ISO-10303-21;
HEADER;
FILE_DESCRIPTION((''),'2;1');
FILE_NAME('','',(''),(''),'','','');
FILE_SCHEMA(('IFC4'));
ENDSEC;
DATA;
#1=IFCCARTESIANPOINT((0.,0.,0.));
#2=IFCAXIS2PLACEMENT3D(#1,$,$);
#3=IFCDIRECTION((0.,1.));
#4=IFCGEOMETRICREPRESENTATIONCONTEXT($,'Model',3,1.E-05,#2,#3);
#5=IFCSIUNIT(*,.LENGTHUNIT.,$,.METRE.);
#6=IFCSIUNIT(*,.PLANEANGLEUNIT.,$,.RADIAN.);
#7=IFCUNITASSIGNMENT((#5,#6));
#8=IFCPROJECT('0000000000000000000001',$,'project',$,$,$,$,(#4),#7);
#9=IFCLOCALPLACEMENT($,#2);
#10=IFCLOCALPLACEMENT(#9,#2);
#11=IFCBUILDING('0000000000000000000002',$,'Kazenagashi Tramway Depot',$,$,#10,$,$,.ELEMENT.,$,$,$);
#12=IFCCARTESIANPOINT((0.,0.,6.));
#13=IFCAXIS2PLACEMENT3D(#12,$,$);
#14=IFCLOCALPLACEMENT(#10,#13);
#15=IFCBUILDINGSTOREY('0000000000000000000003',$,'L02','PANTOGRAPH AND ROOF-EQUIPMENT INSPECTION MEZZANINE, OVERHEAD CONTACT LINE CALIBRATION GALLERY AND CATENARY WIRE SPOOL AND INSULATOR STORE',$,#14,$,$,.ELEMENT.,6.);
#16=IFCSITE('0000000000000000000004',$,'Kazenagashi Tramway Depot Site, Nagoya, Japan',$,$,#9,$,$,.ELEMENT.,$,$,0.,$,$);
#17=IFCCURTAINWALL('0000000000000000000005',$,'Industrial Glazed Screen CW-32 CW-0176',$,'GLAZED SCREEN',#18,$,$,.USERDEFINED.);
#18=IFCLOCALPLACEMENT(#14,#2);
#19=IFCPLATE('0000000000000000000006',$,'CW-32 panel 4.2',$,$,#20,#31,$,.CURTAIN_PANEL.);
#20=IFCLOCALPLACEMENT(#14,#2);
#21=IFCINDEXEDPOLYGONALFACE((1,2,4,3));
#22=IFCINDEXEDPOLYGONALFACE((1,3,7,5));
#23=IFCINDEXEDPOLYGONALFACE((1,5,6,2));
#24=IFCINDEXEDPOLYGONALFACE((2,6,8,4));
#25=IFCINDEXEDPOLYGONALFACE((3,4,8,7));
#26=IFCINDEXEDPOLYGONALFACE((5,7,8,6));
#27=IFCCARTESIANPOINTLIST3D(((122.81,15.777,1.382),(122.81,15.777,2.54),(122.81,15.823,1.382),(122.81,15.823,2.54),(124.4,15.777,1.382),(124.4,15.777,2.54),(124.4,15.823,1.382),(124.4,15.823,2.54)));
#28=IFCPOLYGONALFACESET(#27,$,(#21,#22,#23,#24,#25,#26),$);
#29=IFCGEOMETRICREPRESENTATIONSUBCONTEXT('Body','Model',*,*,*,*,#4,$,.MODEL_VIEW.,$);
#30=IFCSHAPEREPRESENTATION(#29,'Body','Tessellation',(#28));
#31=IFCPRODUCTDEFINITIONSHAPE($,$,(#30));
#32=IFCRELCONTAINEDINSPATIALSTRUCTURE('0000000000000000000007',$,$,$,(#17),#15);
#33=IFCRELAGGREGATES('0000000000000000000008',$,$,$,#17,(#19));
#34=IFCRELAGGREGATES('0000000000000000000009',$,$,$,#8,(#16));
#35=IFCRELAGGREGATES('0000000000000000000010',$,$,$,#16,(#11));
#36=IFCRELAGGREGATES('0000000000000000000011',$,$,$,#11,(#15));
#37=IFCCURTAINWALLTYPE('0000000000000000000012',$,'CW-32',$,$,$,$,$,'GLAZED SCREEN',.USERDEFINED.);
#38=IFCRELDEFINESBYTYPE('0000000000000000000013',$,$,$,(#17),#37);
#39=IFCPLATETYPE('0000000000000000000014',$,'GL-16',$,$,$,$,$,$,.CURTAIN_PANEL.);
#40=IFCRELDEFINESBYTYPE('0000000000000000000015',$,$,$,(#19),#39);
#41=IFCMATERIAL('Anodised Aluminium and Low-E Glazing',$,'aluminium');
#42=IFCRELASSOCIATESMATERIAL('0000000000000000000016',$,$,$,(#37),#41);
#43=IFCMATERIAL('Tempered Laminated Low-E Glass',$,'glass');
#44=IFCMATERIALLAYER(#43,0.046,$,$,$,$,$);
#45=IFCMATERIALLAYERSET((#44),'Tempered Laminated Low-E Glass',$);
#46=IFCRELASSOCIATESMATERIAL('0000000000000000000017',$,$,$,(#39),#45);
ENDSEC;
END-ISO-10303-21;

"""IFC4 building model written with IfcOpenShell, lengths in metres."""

from ifc_helpers import new_model, si_unit, direction, frame, origin, origin_2d, place, context, subcontext, project, spatial, rectangle, extrude, material, layer, layer_set, type_object, element, aggregate, save


model = new_model("IFC4")

# Units and contexts
model_context = context("Model", 3, precision=1e-05, world=origin(), true_north=direction((0.0, 1.0)))
body_context = subcontext(model_context, "Body", "Model", "MODEL_VIEW")
ifc_project = project(units=[si_unit("LENGTHUNIT", "METRE"), si_unit("PLANEANGLEUNIT", "RADIAN")], contexts=[model_context])

# Site, building, storey
site_placement = place(None, origin())
site = spatial("IfcSite", under=ifc_project, at=site_placement, Name="Kazenagashi Tramway Depot Site, Nagoya, Japan", CompositionType="ELEMENT", RefElevation=0.0)
building_placement = place(site_placement, origin())
building = spatial("IfcBuilding", under=site, at=building_placement, Name="Kazenagashi Tramway Depot", CompositionType="ELEMENT")
storey_placement = place(building_placement, frame((0.0, 0.0, 6.0)))
storey = spatial("IfcBuildingStorey", under=building, at=storey_placement, Name="L02", Description="PANTOGRAPH AND ROOF-EQUIPMENT INSPECTION MEZZANINE, OVERHEAD CONTACT LINE CALIBRATION GALLERY AND CATENARY WIRE SPOOL AND INSULATOR STORE", CompositionType="ELEMENT", Elevation=6.0)

# Curtain wall
ifc_material_1 = material(Name="Anodised Aluminium and Low-E Glazing", Category="aluminium")
curtain_wall_type_1 = type_object("IfcCurtainWallType", Name="CW-32", ElementType="GLAZED SCREEN", PredefinedType="USERDEFINED", material=ifc_material_1)
curtain_wall_1_placement = place(storey_placement, origin())
curtain_wall_1 = element("IfcCurtainWall", 1, at=curtain_wall_1_placement, inside=storey, type_object=curtain_wall_type_1, Name="Industrial Glazed Screen CW-32 CW-0176", ObjectType="GLAZED SCREEN", PredefinedType="USERDEFINED")

# Plate
ifc_material_2 = material(Name="Tempered Laminated Low-E Glass", Category="glass")
ifc_layer_1 = layer(ifc_material_2, 0.046)
ifc_layer_set_1 = layer_set([ifc_layer_1], Name="Tempered Laminated Low-E Glass")
plate_type_1 = type_object("IfcPlateType", Name="GL-16", PredefinedType="CURTAIN_PANEL", material=ifc_layer_set_1)
plate_1_placement = place(storey_placement, frame((123.605, 15.8, 1.382), z_axis=(0.0, 0.0, 1.0), x_axis=(1.0, 0.0, 0.0)))
plate_1 = element("IfcPlate", 2, at=plate_1_placement, type_object=plate_type_1, Name="CW-32 panel 4.2", PredefinedType="CURTAIN_PANEL", context=body_context, shape_type="SweptSolid", body=[
    extrude(rectangle(XDim=1.59, YDim=0.046, at=origin_2d()), origin(), (0.0, 0.0, 1.0), 1.158),
])
aggregate(curtain_wall_1, [plate_1])

save(model, "model.ifc")
